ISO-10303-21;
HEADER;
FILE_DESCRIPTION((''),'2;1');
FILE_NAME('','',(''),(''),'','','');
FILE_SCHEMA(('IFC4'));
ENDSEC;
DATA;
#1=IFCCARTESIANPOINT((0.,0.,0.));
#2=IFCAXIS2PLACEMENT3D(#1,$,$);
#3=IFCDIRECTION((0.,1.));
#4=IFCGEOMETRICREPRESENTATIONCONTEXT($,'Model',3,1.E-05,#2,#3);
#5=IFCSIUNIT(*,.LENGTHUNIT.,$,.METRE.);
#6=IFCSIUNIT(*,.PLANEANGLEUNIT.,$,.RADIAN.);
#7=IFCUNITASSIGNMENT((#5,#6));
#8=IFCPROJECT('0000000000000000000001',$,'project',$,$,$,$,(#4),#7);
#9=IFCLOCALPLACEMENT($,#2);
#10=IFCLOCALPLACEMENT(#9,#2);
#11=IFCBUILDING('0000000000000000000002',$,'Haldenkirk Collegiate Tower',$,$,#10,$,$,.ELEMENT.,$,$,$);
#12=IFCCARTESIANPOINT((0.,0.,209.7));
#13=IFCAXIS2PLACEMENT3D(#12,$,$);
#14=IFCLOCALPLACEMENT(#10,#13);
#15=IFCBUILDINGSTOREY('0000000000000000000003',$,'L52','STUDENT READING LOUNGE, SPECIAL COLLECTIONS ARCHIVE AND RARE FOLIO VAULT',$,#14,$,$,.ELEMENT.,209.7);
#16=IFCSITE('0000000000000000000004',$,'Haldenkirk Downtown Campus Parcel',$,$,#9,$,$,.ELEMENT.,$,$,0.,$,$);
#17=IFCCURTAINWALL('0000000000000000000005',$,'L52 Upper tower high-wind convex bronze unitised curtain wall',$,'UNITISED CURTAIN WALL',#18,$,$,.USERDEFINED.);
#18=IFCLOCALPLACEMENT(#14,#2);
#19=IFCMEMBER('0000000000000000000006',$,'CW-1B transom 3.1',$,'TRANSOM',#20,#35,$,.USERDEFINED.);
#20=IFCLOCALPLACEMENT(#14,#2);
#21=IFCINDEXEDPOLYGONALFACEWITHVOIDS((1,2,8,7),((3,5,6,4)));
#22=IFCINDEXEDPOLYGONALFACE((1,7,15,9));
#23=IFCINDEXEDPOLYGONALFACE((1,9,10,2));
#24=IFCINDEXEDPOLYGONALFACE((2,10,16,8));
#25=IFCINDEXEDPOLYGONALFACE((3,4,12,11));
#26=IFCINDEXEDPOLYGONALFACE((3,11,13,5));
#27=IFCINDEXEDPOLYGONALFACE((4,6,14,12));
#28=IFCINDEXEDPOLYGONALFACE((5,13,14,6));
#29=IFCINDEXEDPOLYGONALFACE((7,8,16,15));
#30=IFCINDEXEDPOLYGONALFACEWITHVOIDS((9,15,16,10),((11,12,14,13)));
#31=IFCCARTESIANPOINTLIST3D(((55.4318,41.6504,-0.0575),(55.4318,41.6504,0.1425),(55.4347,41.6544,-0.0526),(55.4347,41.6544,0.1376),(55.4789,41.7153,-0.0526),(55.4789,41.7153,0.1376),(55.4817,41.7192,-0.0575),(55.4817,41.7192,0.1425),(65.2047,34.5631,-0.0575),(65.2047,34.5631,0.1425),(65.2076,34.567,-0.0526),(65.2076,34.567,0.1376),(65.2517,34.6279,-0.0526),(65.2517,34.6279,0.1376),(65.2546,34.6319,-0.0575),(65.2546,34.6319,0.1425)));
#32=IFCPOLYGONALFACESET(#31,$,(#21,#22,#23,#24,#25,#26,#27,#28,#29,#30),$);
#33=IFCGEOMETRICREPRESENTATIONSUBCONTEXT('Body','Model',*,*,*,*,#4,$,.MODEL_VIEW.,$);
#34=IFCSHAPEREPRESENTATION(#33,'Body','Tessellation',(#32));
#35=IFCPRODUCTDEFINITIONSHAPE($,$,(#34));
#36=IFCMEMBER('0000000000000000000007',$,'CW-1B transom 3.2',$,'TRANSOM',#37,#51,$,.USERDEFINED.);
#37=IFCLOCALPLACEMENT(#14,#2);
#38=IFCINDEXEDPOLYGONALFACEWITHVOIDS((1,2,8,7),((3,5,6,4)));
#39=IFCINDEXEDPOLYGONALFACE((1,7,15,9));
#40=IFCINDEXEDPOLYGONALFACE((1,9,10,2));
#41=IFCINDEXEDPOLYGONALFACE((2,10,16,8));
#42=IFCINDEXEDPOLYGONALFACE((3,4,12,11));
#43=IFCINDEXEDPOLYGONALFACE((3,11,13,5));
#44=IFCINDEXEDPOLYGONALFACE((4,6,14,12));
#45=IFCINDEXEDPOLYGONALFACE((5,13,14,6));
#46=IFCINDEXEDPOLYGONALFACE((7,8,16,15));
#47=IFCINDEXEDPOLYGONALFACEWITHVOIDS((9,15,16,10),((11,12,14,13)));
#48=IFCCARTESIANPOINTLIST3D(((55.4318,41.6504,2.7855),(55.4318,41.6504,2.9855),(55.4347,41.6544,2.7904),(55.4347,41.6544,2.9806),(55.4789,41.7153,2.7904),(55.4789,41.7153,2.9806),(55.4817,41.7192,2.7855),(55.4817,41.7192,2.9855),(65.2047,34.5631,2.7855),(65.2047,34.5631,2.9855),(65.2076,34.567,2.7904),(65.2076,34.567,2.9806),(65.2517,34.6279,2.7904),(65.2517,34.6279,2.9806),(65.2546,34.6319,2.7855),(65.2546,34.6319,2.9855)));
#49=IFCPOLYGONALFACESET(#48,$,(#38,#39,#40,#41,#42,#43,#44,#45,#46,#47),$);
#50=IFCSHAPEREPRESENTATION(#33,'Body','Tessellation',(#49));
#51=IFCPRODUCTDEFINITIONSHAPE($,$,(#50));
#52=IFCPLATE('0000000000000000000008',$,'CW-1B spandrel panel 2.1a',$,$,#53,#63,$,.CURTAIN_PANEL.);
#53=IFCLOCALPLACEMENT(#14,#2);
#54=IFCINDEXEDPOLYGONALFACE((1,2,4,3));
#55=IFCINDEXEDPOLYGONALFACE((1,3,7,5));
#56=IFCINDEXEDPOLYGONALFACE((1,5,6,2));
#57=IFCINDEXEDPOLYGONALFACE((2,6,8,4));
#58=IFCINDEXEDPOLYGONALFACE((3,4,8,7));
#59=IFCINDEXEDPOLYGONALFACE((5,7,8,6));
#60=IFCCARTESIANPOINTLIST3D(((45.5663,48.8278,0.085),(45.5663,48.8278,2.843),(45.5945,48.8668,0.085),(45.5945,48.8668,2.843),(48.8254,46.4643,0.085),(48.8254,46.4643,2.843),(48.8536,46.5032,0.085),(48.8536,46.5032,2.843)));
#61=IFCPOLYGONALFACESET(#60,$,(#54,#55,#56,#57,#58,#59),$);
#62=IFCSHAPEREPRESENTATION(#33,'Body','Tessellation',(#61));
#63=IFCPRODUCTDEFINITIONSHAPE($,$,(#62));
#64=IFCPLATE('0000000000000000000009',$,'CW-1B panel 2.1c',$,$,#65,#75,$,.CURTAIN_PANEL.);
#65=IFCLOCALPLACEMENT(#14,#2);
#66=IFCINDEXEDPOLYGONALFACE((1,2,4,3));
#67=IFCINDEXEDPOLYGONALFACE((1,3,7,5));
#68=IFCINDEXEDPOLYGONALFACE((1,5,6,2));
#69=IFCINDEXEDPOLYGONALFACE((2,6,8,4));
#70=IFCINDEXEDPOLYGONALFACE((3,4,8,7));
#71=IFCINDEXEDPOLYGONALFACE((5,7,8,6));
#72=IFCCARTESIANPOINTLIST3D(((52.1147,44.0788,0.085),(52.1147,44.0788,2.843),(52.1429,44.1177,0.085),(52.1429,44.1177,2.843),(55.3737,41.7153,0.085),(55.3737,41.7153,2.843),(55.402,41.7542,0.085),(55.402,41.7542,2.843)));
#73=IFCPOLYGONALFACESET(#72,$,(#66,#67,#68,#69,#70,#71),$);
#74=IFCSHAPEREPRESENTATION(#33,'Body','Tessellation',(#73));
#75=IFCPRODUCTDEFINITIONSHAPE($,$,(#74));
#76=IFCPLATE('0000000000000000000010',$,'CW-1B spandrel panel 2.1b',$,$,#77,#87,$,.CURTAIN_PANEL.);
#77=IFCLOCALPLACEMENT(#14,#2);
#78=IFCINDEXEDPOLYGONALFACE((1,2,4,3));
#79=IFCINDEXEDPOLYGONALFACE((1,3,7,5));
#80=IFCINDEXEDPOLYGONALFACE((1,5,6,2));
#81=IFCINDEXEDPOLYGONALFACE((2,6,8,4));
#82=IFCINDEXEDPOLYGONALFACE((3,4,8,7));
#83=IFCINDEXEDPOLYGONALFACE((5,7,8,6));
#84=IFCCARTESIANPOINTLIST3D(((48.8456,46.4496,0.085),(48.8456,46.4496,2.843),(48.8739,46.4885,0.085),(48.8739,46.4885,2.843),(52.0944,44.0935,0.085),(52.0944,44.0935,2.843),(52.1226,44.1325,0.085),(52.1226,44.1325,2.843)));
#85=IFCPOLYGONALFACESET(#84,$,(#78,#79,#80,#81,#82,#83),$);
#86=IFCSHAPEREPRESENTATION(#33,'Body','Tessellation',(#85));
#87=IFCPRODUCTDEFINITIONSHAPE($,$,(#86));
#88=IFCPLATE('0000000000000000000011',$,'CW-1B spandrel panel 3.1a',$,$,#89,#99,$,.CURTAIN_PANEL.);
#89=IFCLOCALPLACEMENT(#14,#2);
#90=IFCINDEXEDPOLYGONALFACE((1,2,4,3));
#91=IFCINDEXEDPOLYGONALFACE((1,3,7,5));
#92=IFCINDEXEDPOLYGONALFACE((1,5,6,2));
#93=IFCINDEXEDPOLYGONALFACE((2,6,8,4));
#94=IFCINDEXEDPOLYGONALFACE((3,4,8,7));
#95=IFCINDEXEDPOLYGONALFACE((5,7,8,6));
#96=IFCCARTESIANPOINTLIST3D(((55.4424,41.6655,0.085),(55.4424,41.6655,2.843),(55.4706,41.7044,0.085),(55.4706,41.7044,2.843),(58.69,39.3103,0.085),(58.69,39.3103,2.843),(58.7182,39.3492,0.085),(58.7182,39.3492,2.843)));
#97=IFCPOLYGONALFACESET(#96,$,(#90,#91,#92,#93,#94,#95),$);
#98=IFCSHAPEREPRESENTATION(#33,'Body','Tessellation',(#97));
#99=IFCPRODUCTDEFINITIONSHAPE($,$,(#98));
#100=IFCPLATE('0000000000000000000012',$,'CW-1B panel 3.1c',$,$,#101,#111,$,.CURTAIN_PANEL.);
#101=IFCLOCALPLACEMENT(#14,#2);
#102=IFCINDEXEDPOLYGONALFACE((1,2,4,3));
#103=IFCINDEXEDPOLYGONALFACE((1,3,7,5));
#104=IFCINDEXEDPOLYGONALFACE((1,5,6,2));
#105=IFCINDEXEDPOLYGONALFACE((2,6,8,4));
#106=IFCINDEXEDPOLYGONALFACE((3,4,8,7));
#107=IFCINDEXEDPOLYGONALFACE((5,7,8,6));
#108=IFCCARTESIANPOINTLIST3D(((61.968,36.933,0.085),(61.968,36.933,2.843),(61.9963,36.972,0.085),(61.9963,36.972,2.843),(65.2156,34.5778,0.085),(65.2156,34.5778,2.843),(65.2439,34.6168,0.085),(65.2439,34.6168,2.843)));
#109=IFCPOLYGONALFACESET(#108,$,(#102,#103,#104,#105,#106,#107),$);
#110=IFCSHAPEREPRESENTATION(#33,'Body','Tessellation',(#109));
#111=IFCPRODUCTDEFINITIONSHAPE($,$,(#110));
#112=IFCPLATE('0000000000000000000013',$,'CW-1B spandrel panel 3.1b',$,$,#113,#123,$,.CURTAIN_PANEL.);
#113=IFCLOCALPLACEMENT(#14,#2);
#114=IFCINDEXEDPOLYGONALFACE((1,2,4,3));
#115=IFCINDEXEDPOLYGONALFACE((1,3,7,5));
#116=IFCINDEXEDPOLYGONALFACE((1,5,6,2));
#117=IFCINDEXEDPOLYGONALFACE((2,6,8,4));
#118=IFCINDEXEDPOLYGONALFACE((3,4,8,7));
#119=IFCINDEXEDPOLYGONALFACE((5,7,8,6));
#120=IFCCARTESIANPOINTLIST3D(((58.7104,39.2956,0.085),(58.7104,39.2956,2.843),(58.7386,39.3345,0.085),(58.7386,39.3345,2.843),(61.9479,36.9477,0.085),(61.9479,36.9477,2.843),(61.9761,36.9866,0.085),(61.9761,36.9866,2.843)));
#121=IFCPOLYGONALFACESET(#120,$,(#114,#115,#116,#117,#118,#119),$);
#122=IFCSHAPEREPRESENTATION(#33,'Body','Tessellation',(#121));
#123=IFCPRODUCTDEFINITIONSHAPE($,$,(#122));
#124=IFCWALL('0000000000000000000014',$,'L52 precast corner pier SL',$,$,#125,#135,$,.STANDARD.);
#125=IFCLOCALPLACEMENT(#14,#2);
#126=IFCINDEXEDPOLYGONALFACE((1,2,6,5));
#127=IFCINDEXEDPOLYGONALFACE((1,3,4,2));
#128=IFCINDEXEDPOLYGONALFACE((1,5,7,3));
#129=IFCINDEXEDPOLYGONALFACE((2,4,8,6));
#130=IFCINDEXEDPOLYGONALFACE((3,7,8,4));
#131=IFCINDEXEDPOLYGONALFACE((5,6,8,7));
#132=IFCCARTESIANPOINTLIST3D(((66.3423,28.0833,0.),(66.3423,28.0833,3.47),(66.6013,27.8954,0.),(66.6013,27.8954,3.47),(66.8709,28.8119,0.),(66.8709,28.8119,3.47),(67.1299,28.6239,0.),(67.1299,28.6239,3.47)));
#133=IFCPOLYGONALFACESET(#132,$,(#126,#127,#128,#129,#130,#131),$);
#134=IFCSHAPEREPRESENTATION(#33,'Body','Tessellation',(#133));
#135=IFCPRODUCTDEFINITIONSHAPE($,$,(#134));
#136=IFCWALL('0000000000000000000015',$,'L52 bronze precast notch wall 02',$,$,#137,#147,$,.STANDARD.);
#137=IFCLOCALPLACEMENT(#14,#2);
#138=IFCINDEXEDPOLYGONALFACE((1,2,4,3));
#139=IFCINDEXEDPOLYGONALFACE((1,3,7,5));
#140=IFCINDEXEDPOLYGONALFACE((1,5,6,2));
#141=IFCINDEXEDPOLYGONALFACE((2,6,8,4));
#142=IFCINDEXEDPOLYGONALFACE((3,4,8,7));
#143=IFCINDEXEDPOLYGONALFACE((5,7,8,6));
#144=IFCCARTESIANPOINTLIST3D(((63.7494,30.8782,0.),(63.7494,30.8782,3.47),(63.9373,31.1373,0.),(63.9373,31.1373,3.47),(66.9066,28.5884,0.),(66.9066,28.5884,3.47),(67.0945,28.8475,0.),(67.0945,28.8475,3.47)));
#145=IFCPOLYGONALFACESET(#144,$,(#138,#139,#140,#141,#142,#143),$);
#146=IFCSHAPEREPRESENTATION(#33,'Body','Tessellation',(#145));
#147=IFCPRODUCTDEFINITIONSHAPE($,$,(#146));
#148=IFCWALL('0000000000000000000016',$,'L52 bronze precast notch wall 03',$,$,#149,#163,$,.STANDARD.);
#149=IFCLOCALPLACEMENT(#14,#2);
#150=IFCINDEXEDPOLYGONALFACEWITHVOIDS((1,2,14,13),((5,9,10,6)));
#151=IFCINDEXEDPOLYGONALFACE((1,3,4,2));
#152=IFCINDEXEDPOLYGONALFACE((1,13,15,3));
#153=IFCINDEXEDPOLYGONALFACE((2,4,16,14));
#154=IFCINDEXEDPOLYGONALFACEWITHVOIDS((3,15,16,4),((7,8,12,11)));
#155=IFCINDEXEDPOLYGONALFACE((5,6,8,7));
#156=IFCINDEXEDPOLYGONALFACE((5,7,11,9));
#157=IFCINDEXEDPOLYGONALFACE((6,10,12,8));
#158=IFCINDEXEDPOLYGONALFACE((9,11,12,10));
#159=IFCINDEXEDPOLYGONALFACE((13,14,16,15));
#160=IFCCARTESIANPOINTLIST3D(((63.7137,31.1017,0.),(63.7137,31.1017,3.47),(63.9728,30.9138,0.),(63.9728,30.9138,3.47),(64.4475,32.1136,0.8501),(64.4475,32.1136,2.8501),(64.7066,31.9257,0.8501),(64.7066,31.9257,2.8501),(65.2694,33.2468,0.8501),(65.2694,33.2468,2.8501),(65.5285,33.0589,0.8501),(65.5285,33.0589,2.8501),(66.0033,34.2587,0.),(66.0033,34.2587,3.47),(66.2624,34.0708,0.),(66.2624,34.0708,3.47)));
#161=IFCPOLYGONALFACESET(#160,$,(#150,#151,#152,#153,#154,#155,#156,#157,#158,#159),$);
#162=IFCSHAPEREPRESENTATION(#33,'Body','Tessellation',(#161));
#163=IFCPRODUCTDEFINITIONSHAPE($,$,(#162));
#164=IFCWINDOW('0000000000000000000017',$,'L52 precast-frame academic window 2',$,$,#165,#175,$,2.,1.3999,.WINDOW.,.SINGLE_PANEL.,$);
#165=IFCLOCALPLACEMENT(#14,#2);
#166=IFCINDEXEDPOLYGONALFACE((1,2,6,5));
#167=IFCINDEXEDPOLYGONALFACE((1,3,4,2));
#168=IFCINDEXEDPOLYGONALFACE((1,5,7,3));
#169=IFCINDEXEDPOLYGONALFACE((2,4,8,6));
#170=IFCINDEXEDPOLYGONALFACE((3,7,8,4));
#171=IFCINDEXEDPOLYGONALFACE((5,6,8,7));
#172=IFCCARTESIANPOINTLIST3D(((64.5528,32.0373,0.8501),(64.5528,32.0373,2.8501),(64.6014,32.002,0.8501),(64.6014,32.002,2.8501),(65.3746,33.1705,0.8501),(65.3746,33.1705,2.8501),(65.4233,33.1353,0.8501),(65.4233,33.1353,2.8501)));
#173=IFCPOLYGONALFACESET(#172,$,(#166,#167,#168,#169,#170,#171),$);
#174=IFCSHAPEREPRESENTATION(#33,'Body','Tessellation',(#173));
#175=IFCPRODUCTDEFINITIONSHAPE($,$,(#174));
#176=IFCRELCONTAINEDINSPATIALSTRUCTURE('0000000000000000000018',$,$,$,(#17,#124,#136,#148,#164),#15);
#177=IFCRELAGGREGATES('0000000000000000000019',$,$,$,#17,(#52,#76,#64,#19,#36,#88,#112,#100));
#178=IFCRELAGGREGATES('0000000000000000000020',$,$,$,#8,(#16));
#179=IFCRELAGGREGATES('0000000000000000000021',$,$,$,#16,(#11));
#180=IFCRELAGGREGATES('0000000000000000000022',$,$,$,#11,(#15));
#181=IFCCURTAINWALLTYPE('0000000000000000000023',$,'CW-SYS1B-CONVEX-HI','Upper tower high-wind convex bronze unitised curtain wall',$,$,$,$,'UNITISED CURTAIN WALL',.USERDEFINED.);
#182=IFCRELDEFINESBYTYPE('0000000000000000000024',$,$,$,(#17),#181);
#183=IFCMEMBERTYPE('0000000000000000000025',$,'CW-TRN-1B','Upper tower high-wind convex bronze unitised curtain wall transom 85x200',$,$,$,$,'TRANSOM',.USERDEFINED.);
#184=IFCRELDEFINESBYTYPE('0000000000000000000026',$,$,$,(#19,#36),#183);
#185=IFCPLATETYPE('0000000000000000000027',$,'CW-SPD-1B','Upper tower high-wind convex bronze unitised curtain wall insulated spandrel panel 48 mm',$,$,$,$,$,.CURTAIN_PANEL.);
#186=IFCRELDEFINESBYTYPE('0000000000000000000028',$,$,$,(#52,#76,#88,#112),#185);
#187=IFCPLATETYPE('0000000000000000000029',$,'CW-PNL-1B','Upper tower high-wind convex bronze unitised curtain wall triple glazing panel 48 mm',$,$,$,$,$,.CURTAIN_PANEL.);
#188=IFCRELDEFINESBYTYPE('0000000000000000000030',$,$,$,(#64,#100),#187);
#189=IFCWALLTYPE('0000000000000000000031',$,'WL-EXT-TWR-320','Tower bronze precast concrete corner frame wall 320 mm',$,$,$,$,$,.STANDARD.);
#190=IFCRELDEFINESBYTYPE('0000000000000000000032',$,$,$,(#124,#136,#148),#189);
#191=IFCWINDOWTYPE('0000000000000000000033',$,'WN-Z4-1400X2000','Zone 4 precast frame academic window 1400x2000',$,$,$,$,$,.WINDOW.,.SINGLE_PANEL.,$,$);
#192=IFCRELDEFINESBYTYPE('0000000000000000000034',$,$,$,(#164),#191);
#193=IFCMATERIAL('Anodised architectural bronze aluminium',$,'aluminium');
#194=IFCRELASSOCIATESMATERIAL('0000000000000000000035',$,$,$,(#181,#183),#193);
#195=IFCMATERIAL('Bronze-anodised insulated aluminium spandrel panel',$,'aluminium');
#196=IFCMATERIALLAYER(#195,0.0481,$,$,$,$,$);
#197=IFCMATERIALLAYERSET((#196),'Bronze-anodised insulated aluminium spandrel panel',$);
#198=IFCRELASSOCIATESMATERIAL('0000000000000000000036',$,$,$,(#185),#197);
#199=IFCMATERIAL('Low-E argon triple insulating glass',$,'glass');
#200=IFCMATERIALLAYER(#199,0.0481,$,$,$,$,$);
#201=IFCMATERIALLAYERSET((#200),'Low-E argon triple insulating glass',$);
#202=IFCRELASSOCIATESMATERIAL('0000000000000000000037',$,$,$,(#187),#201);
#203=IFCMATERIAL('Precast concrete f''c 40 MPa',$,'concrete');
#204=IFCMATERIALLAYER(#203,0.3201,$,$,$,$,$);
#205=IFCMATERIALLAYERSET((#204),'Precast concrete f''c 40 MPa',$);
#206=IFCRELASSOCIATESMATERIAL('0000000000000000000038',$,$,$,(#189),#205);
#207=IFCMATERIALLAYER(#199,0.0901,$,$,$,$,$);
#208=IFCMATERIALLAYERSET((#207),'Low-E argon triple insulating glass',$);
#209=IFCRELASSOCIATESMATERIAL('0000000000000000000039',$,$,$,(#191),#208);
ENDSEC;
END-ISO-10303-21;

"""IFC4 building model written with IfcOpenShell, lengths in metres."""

from ifc_helpers import new_model, si_unit, direction, frame, frame_2d, origin, origin_2d, place, context, subcontext, project, spatial, rectangle, hollow_rectangle, extrude, source, transform, mapped, material, layer, layer_set, material_profile, profile_set, type_object, element, fill, aggregate, save


model = new_model("IFC4")

# Units and contexts
model_context = context("Model", 3, precision=1e-05, world=origin(), true_north=direction((0.0, 1.0)))
body_context = subcontext(model_context, "Body", "Model", "MODEL_VIEW")
ifc_project = project(units=[si_unit("LENGTHUNIT", "METRE"), si_unit("PLANEANGLEUNIT", "RADIAN")], contexts=[model_context])

# Site, building, storey
site_placement = place(None, origin())
site = spatial("IfcSite", under=ifc_project, at=site_placement, Name="Haldenkirk Downtown Campus Parcel", CompositionType="ELEMENT", RefElevation=0.0)
building_placement = place(site_placement, origin())
building = spatial("IfcBuilding", under=site, at=building_placement, Name="Haldenkirk Collegiate Tower", CompositionType="ELEMENT")
storey_placement = place(building_placement, frame((0.0, 0.0, 209.7)))
storey = spatial("IfcBuildingStorey", under=building, at=storey_placement, Name="L52", Description="STUDENT READING LOUNGE, SPECIAL COLLECTIONS ARCHIVE AND RARE FOLIO VAULT", CompositionType="ELEMENT", Elevation=209.7)

# Shared definitions
ifc_material_1 = material(Name="Anodised architectural bronze aluminium", Category="aluminium")

# Curtain wall
curtain_wall_type_1 = type_object("IfcCurtainWallType", Name="CW-SYS1B-CONVEX-HI", Description="Upper tower high-wind convex bronze unitised curtain wall", ElementType="UNITISED CURTAIN WALL", PredefinedType="USERDEFINED", material=ifc_material_1)
curtain_wall_1_placement = place(storey_placement, origin())
curtain_wall_1 = element("IfcCurtainWall", 1, at=curtain_wall_1_placement, inside=storey, type_object=curtain_wall_type_1, Name="L52 Upper tower high-wind convex bronze unitised curtain wall", ObjectType="UNITISED CURTAIN WALL", PredefinedType="USERDEFINED")

# Members
ifc_material_profile_1 = material_profile(ifc_material_1, hollow_rectangle(XDim=0.085, YDim=0.2, WallThickness=0.0049, at=origin_2d()), Name="CW-TRN-1B")
ifc_profile_set_1 = profile_set([ifc_material_profile_1], Name="Anodised architectural bronze aluminium")
member_type_1 = type_object("IfcMemberType", Name="CW-TRN-1B", Description="Upper tower high-wind convex bronze unitised curtain wall transom 85x200", ElementType="TRANSOM", PredefinedType="USERDEFINED", material=ifc_profile_set_1)
member_1_placement = place(storey_placement, frame((55.4568, 41.6848, 0.0425), z_axis=(0.809531, -0.587077, 0.0), x_axis=(0.587077, 0.809531, 0.0)))
member_1 = element("IfcMember", 2, at=member_1_placement, type_object=member_type_1, Name="CW-1B transom 3.1", ObjectType="TRANSOM", PredefinedType="USERDEFINED", context=body_context, shape_type="SweptSolid", body=[
    extrude(hollow_rectangle(XDim=0.085, YDim=0.2, WallThickness=0.0049, at=origin_2d()), origin(), (0.0, 0.0, 1.0), 12.0723),
])
member_2_placement = place(storey_placement, frame((55.4568, 41.6848, 2.8855), z_axis=(0.809531, -0.587077, 0.0), x_axis=(0.587077, 0.809531, 0.0)))
member_2 = element("IfcMember", 3, at=member_2_placement, type_object=member_type_1, Name="CW-1B transom 3.2", ObjectType="TRANSOM", PredefinedType="USERDEFINED", context=body_context, shape_type="SweptSolid", body=[
    extrude(hollow_rectangle(XDim=0.085, YDim=0.2, WallThickness=0.0049, at=origin_2d()), origin(), (0.0, 0.0, 1.0), 12.0723),
])

# Plates
ifc_material_2 = material(Name="Bronze-anodised insulated aluminium spandrel panel", Category="aluminium")
ifc_layer_1 = layer(ifc_material_2, 0.0481)
ifc_layer_set_1 = layer_set([ifc_layer_1], Name="Bronze-anodised insulated aluminium spandrel panel")
plate_type_1 = type_object("IfcPlateType", Name="CW-SPD-1B", Description="Upper tower high-wind convex bronze unitised curtain wall insulated spandrel panel 48 mm", PredefinedType="CURTAIN_PANEL", material=ifc_layer_set_1)
shared_shape_1 = source(origin(), body_context, "Body", "SweptSolid", [
    extrude(rectangle(XDim=4.0259, YDim=0.0481, at=origin_2d()), origin(), (0.0, 0.0, 1.0), 2.7581),
])
plate_1_placement = place(storey_placement, frame((47.21, 47.6655, 0.085), z_axis=(0.0, 0.0, 1.0), x_axis=(0.809529, -0.58708, 0.0)))
plate_1 = element("IfcPlate", 4, at=plate_1_placement, type_object=plate_type_1, Name="CW-1B spandrel panel 2.1a", PredefinedType="CURTAIN_PANEL", context=body_context, shape_type="MappedRepresentation", body=[
    mapped(shared_shape_1, transform((0.0, 0.0, 0.0), x_axis=(1.0, 0.0, 0.0), y_axis=(0.0, 1.0, 0.0), z_axis=(0.0, 0.0, 1.0), scale=1.0)),
])
ifc_material_3 = material(Name="Low-E argon triple insulating glass", Category="glass")
ifc_layer_2 = layer(ifc_material_3, 0.0481)
ifc_layer_set_2 = layer_set([ifc_layer_2], Name="Low-E argon triple insulating glass")
plate_type_2 = type_object("IfcPlateType", Name="CW-PNL-1B", Description="Upper tower high-wind convex bronze unitised curtain wall triple glazing panel 48 mm", PredefinedType="CURTAIN_PANEL", material=ifc_layer_set_2)
plate_2_placement = place(storey_placement, frame((53.7583, 42.9165, 0.085), z_axis=(0.0, 0.0, 1.0), x_axis=(0.809529, -0.58708, 0.0)))
plate_2 = element("IfcPlate", 5, at=plate_2_placement, type_object=plate_type_2, Name="CW-1B panel 2.1c", PredefinedType="CURTAIN_PANEL", context=body_context, shape_type="MappedRepresentation", body=[
    mapped(shared_shape_1, transform((0.0, 0.0, 0.0), x_axis=(1.0, 0.0, 0.0), y_axis=(0.0, 1.0, 0.0), z_axis=(0.0, 0.0, 1.0), scale=1.0)),
])
shared_shape_2 = source(origin(), body_context, "Body", "SweptSolid", [
    extrude(rectangle(XDim=4.0132, YDim=0.0481, at=origin_2d()), origin(), (0.0, 0.0, 1.0), 2.7581),
])
plate_3_placement = place(storey_placement, frame((50.4841, 45.291, 0.085), z_axis=(0.0, 0.0, 1.0), x_axis=(0.809529, -0.58708, 0.0)))
plate_3 = element("IfcPlate", 6, at=plate_3_placement, type_object=plate_type_1, Name="CW-1B spandrel panel 2.1b", PredefinedType="CURTAIN_PANEL", context=body_context, shape_type="MappedRepresentation", body=[
    mapped(shared_shape_2, transform((0.0, 0.0, 0.0), x_axis=(1.0, 0.0, 0.0), y_axis=(0.0, 1.0, 0.0), z_axis=(0.0, 0.0, 1.0), scale=1.0)),
])
shared_shape_3 = source(origin(), body_context, "Body", "SweptSolid", [
    extrude(rectangle(XDim=4.0117, YDim=0.0481, at=origin_2d()), origin(), (0.0, 0.0, 1.0), 2.7581),
])
plate_4_placement = place(storey_placement, frame((57.0803, 40.5073, 0.085), z_axis=(0.0, 0.0, 1.0), x_axis=(0.809529, -0.58708, 0.0)))
plate_4 = element("IfcPlate", 7, at=plate_4_placement, type_object=plate_type_1, Name="CW-1B spandrel panel 3.1a", PredefinedType="CURTAIN_PANEL", context=body_context, shape_type="MappedRepresentation", body=[
    mapped(shared_shape_3, transform((0.0, 0.0, 0.0), x_axis=(1.0, 0.0, 0.0), y_axis=(0.0, 1.0, 0.0), z_axis=(0.0, 0.0, 1.0), scale=1.0)),
])
plate_5_placement = place(storey_placement, frame((63.606, 35.7749, 0.085), z_axis=(0.0, 0.0, 1.0), x_axis=(0.809529, -0.58708, 0.0)))
plate_5 = element("IfcPlate", 8, at=plate_5_placement, type_object=plate_type_2, Name="CW-1B panel 3.1c", PredefinedType="CURTAIN_PANEL", context=body_context, shape_type="MappedRepresentation", body=[
    mapped(shared_shape_3, transform((0.0, 0.0, 0.0), x_axis=(1.0, 0.0, 0.0), y_axis=(0.0, 1.0, 0.0), z_axis=(0.0, 0.0, 1.0), scale=1.0)),
])
shared_shape_4 = source(origin(), body_context, "Body", "SweptSolid", [
    extrude(rectangle(XDim=3.9993, YDim=0.0481, at=origin_2d()), origin(), (0.0, 0.0, 1.0), 2.7581),
])
plate_6_placement = place(storey_placement, frame((60.3433, 38.1411, 0.085), z_axis=(0.0, 0.0, 1.0), x_axis=(0.809529, -0.58708, 0.0)))
plate_6 = element("IfcPlate", 9, at=plate_6_placement, type_object=plate_type_1, Name="CW-1B spandrel panel 3.1b", PredefinedType="CURTAIN_PANEL", context=body_context, shape_type="MappedRepresentation", body=[
    mapped(shared_shape_4, transform((0.0, 0.0, 0.0), x_axis=(1.0, 0.0, 0.0), y_axis=(0.0, 1.0, 0.0), z_axis=(0.0, 0.0, 1.0), scale=1.0)),
])
aggregate(curtain_wall_1, [plate_1, plate_3, plate_2, member_1, member_2, plate_4, plate_6, plate_5])

# Walls
ifc_material_4 = material(Name="Precast concrete f'c 40 MPa", Category="concrete")
ifc_layer_3 = layer(ifc_material_4, 0.3201)
ifc_layer_set_3 = layer_set([ifc_layer_3], Name="Precast concrete f'c 40 MPa")
wall_type_1 = type_object("IfcWallType", Name="WL-EXT-TWR-320", Description="Tower bronze precast concrete corner frame wall 320 mm", PredefinedType="STANDARD", material=ifc_layer_set_3)
wall_1_placement = place(storey_placement, frame((67.0005, 28.718, 0.0), z_axis=(0.0, 0.0, 1.0), x_axis=(-0.587252, -0.809404, 0.0)))
element("IfcWall", 10, at=wall_1_placement, inside=storey, type_object=wall_type_1, Name="L52 precast corner pier SL", PredefinedType="STANDARD", context=body_context, shape_type="SweptSolid", body=[
    extrude(rectangle(XDim=0.9001, YDim=0.3201, at=frame_2d((0.4502, 0.0))), origin(), (0.0, 0.0, 1.0), 3.47),
])
wall_2_placement = place(storey_placement, frame((63.8433, 31.0078, 0.0), z_axis=(0.0, 0.0, 1.0), x_axis=(0.809512, -0.587103, 0.0)))
element("IfcWall", 11, at=wall_2_placement, inside=storey, type_object=wall_type_1, Name="L52 bronze precast notch wall 02", PredefinedType="STANDARD", context=body_context, shape_type="SweptSolid", body=[
    extrude(rectangle(XDim=3.9001, YDim=0.3201, at=frame_2d((1.9502, 0.0))), origin(), (0.0, 0.0, 1.0), 3.47),
])

# Wall, opening, window
wall_3_placement = place(storey_placement, frame((66.1328, 34.1648, 0.0), z_axis=(0.0, 0.0, 1.0), x_axis=(-0.587092, -0.80952, 0.0)))
wall_3 = element("IfcWall", 12, at=wall_3_placement, inside=storey, type_object=wall_type_1, Name="L52 bronze precast notch wall 03", PredefinedType="STANDARD", context=body_context, shape_type="SweptSolid", body=[
    extrude(rectangle(XDim=3.8999, YDim=0.3201, at=frame_2d((1.95, 0.0))), origin(), (0.0, 0.0, 1.0), 3.47),
])
opening_1_placement = place(wall_3_placement, frame((1.25, 0.0, 0.8501)))
opening_1 = element("IfcOpeningElement", 13, at=opening_1_placement, cuts=wall_3, PredefinedType="OPENING", context=body_context, shape_type="SweptSolid", body=[
    extrude(rectangle(XDim=1.3999, YDim=2.0, at=frame_2d((0.7, 1.0))), frame((0.0, 0.1699, 0.0), z_axis=(0.0, -1.0, 0.0), x_axis=(1.0, 0.0, 0.0)), (0.0, 0.0, 1.0), 0.3401),
])
ifc_layer_4 = layer(ifc_material_3, 0.0901)
ifc_layer_set_4 = layer_set([ifc_layer_4], Name="Low-E argon triple insulating glass")
window_type = type_object("IfcWindowType", Name="WN-Z4-1400X2000", Description="Zone 4 precast frame academic window 1400x2000", PartitioningType="SINGLE_PANEL", PredefinedType="WINDOW", material=ifc_layer_set_4)
window_placement = place(opening_1_placement, origin())
window = element("IfcWindow", 14, at=window_placement, inside=storey, type_object=window_type, Name="L52 precast-frame academic window 2", OverallHeight=2.0, OverallWidth=1.3999, PartitioningType="SINGLE_PANEL", PredefinedType="WINDOW", context=body_context, shape_type="SweptSolid", body=[
    extrude(rectangle(XDim=1.3999, YDim=2.0, at=frame_2d((0.7, 1.0))), frame((0.0, 0.03, 0.0), z_axis=(0.0, -1.0, 0.0), x_axis=(1.0, 0.0, 0.0)), (0.0, 0.0, 1.0), 0.0601),
])
fill(opening_1, window)

save(model, "model.ifc")
